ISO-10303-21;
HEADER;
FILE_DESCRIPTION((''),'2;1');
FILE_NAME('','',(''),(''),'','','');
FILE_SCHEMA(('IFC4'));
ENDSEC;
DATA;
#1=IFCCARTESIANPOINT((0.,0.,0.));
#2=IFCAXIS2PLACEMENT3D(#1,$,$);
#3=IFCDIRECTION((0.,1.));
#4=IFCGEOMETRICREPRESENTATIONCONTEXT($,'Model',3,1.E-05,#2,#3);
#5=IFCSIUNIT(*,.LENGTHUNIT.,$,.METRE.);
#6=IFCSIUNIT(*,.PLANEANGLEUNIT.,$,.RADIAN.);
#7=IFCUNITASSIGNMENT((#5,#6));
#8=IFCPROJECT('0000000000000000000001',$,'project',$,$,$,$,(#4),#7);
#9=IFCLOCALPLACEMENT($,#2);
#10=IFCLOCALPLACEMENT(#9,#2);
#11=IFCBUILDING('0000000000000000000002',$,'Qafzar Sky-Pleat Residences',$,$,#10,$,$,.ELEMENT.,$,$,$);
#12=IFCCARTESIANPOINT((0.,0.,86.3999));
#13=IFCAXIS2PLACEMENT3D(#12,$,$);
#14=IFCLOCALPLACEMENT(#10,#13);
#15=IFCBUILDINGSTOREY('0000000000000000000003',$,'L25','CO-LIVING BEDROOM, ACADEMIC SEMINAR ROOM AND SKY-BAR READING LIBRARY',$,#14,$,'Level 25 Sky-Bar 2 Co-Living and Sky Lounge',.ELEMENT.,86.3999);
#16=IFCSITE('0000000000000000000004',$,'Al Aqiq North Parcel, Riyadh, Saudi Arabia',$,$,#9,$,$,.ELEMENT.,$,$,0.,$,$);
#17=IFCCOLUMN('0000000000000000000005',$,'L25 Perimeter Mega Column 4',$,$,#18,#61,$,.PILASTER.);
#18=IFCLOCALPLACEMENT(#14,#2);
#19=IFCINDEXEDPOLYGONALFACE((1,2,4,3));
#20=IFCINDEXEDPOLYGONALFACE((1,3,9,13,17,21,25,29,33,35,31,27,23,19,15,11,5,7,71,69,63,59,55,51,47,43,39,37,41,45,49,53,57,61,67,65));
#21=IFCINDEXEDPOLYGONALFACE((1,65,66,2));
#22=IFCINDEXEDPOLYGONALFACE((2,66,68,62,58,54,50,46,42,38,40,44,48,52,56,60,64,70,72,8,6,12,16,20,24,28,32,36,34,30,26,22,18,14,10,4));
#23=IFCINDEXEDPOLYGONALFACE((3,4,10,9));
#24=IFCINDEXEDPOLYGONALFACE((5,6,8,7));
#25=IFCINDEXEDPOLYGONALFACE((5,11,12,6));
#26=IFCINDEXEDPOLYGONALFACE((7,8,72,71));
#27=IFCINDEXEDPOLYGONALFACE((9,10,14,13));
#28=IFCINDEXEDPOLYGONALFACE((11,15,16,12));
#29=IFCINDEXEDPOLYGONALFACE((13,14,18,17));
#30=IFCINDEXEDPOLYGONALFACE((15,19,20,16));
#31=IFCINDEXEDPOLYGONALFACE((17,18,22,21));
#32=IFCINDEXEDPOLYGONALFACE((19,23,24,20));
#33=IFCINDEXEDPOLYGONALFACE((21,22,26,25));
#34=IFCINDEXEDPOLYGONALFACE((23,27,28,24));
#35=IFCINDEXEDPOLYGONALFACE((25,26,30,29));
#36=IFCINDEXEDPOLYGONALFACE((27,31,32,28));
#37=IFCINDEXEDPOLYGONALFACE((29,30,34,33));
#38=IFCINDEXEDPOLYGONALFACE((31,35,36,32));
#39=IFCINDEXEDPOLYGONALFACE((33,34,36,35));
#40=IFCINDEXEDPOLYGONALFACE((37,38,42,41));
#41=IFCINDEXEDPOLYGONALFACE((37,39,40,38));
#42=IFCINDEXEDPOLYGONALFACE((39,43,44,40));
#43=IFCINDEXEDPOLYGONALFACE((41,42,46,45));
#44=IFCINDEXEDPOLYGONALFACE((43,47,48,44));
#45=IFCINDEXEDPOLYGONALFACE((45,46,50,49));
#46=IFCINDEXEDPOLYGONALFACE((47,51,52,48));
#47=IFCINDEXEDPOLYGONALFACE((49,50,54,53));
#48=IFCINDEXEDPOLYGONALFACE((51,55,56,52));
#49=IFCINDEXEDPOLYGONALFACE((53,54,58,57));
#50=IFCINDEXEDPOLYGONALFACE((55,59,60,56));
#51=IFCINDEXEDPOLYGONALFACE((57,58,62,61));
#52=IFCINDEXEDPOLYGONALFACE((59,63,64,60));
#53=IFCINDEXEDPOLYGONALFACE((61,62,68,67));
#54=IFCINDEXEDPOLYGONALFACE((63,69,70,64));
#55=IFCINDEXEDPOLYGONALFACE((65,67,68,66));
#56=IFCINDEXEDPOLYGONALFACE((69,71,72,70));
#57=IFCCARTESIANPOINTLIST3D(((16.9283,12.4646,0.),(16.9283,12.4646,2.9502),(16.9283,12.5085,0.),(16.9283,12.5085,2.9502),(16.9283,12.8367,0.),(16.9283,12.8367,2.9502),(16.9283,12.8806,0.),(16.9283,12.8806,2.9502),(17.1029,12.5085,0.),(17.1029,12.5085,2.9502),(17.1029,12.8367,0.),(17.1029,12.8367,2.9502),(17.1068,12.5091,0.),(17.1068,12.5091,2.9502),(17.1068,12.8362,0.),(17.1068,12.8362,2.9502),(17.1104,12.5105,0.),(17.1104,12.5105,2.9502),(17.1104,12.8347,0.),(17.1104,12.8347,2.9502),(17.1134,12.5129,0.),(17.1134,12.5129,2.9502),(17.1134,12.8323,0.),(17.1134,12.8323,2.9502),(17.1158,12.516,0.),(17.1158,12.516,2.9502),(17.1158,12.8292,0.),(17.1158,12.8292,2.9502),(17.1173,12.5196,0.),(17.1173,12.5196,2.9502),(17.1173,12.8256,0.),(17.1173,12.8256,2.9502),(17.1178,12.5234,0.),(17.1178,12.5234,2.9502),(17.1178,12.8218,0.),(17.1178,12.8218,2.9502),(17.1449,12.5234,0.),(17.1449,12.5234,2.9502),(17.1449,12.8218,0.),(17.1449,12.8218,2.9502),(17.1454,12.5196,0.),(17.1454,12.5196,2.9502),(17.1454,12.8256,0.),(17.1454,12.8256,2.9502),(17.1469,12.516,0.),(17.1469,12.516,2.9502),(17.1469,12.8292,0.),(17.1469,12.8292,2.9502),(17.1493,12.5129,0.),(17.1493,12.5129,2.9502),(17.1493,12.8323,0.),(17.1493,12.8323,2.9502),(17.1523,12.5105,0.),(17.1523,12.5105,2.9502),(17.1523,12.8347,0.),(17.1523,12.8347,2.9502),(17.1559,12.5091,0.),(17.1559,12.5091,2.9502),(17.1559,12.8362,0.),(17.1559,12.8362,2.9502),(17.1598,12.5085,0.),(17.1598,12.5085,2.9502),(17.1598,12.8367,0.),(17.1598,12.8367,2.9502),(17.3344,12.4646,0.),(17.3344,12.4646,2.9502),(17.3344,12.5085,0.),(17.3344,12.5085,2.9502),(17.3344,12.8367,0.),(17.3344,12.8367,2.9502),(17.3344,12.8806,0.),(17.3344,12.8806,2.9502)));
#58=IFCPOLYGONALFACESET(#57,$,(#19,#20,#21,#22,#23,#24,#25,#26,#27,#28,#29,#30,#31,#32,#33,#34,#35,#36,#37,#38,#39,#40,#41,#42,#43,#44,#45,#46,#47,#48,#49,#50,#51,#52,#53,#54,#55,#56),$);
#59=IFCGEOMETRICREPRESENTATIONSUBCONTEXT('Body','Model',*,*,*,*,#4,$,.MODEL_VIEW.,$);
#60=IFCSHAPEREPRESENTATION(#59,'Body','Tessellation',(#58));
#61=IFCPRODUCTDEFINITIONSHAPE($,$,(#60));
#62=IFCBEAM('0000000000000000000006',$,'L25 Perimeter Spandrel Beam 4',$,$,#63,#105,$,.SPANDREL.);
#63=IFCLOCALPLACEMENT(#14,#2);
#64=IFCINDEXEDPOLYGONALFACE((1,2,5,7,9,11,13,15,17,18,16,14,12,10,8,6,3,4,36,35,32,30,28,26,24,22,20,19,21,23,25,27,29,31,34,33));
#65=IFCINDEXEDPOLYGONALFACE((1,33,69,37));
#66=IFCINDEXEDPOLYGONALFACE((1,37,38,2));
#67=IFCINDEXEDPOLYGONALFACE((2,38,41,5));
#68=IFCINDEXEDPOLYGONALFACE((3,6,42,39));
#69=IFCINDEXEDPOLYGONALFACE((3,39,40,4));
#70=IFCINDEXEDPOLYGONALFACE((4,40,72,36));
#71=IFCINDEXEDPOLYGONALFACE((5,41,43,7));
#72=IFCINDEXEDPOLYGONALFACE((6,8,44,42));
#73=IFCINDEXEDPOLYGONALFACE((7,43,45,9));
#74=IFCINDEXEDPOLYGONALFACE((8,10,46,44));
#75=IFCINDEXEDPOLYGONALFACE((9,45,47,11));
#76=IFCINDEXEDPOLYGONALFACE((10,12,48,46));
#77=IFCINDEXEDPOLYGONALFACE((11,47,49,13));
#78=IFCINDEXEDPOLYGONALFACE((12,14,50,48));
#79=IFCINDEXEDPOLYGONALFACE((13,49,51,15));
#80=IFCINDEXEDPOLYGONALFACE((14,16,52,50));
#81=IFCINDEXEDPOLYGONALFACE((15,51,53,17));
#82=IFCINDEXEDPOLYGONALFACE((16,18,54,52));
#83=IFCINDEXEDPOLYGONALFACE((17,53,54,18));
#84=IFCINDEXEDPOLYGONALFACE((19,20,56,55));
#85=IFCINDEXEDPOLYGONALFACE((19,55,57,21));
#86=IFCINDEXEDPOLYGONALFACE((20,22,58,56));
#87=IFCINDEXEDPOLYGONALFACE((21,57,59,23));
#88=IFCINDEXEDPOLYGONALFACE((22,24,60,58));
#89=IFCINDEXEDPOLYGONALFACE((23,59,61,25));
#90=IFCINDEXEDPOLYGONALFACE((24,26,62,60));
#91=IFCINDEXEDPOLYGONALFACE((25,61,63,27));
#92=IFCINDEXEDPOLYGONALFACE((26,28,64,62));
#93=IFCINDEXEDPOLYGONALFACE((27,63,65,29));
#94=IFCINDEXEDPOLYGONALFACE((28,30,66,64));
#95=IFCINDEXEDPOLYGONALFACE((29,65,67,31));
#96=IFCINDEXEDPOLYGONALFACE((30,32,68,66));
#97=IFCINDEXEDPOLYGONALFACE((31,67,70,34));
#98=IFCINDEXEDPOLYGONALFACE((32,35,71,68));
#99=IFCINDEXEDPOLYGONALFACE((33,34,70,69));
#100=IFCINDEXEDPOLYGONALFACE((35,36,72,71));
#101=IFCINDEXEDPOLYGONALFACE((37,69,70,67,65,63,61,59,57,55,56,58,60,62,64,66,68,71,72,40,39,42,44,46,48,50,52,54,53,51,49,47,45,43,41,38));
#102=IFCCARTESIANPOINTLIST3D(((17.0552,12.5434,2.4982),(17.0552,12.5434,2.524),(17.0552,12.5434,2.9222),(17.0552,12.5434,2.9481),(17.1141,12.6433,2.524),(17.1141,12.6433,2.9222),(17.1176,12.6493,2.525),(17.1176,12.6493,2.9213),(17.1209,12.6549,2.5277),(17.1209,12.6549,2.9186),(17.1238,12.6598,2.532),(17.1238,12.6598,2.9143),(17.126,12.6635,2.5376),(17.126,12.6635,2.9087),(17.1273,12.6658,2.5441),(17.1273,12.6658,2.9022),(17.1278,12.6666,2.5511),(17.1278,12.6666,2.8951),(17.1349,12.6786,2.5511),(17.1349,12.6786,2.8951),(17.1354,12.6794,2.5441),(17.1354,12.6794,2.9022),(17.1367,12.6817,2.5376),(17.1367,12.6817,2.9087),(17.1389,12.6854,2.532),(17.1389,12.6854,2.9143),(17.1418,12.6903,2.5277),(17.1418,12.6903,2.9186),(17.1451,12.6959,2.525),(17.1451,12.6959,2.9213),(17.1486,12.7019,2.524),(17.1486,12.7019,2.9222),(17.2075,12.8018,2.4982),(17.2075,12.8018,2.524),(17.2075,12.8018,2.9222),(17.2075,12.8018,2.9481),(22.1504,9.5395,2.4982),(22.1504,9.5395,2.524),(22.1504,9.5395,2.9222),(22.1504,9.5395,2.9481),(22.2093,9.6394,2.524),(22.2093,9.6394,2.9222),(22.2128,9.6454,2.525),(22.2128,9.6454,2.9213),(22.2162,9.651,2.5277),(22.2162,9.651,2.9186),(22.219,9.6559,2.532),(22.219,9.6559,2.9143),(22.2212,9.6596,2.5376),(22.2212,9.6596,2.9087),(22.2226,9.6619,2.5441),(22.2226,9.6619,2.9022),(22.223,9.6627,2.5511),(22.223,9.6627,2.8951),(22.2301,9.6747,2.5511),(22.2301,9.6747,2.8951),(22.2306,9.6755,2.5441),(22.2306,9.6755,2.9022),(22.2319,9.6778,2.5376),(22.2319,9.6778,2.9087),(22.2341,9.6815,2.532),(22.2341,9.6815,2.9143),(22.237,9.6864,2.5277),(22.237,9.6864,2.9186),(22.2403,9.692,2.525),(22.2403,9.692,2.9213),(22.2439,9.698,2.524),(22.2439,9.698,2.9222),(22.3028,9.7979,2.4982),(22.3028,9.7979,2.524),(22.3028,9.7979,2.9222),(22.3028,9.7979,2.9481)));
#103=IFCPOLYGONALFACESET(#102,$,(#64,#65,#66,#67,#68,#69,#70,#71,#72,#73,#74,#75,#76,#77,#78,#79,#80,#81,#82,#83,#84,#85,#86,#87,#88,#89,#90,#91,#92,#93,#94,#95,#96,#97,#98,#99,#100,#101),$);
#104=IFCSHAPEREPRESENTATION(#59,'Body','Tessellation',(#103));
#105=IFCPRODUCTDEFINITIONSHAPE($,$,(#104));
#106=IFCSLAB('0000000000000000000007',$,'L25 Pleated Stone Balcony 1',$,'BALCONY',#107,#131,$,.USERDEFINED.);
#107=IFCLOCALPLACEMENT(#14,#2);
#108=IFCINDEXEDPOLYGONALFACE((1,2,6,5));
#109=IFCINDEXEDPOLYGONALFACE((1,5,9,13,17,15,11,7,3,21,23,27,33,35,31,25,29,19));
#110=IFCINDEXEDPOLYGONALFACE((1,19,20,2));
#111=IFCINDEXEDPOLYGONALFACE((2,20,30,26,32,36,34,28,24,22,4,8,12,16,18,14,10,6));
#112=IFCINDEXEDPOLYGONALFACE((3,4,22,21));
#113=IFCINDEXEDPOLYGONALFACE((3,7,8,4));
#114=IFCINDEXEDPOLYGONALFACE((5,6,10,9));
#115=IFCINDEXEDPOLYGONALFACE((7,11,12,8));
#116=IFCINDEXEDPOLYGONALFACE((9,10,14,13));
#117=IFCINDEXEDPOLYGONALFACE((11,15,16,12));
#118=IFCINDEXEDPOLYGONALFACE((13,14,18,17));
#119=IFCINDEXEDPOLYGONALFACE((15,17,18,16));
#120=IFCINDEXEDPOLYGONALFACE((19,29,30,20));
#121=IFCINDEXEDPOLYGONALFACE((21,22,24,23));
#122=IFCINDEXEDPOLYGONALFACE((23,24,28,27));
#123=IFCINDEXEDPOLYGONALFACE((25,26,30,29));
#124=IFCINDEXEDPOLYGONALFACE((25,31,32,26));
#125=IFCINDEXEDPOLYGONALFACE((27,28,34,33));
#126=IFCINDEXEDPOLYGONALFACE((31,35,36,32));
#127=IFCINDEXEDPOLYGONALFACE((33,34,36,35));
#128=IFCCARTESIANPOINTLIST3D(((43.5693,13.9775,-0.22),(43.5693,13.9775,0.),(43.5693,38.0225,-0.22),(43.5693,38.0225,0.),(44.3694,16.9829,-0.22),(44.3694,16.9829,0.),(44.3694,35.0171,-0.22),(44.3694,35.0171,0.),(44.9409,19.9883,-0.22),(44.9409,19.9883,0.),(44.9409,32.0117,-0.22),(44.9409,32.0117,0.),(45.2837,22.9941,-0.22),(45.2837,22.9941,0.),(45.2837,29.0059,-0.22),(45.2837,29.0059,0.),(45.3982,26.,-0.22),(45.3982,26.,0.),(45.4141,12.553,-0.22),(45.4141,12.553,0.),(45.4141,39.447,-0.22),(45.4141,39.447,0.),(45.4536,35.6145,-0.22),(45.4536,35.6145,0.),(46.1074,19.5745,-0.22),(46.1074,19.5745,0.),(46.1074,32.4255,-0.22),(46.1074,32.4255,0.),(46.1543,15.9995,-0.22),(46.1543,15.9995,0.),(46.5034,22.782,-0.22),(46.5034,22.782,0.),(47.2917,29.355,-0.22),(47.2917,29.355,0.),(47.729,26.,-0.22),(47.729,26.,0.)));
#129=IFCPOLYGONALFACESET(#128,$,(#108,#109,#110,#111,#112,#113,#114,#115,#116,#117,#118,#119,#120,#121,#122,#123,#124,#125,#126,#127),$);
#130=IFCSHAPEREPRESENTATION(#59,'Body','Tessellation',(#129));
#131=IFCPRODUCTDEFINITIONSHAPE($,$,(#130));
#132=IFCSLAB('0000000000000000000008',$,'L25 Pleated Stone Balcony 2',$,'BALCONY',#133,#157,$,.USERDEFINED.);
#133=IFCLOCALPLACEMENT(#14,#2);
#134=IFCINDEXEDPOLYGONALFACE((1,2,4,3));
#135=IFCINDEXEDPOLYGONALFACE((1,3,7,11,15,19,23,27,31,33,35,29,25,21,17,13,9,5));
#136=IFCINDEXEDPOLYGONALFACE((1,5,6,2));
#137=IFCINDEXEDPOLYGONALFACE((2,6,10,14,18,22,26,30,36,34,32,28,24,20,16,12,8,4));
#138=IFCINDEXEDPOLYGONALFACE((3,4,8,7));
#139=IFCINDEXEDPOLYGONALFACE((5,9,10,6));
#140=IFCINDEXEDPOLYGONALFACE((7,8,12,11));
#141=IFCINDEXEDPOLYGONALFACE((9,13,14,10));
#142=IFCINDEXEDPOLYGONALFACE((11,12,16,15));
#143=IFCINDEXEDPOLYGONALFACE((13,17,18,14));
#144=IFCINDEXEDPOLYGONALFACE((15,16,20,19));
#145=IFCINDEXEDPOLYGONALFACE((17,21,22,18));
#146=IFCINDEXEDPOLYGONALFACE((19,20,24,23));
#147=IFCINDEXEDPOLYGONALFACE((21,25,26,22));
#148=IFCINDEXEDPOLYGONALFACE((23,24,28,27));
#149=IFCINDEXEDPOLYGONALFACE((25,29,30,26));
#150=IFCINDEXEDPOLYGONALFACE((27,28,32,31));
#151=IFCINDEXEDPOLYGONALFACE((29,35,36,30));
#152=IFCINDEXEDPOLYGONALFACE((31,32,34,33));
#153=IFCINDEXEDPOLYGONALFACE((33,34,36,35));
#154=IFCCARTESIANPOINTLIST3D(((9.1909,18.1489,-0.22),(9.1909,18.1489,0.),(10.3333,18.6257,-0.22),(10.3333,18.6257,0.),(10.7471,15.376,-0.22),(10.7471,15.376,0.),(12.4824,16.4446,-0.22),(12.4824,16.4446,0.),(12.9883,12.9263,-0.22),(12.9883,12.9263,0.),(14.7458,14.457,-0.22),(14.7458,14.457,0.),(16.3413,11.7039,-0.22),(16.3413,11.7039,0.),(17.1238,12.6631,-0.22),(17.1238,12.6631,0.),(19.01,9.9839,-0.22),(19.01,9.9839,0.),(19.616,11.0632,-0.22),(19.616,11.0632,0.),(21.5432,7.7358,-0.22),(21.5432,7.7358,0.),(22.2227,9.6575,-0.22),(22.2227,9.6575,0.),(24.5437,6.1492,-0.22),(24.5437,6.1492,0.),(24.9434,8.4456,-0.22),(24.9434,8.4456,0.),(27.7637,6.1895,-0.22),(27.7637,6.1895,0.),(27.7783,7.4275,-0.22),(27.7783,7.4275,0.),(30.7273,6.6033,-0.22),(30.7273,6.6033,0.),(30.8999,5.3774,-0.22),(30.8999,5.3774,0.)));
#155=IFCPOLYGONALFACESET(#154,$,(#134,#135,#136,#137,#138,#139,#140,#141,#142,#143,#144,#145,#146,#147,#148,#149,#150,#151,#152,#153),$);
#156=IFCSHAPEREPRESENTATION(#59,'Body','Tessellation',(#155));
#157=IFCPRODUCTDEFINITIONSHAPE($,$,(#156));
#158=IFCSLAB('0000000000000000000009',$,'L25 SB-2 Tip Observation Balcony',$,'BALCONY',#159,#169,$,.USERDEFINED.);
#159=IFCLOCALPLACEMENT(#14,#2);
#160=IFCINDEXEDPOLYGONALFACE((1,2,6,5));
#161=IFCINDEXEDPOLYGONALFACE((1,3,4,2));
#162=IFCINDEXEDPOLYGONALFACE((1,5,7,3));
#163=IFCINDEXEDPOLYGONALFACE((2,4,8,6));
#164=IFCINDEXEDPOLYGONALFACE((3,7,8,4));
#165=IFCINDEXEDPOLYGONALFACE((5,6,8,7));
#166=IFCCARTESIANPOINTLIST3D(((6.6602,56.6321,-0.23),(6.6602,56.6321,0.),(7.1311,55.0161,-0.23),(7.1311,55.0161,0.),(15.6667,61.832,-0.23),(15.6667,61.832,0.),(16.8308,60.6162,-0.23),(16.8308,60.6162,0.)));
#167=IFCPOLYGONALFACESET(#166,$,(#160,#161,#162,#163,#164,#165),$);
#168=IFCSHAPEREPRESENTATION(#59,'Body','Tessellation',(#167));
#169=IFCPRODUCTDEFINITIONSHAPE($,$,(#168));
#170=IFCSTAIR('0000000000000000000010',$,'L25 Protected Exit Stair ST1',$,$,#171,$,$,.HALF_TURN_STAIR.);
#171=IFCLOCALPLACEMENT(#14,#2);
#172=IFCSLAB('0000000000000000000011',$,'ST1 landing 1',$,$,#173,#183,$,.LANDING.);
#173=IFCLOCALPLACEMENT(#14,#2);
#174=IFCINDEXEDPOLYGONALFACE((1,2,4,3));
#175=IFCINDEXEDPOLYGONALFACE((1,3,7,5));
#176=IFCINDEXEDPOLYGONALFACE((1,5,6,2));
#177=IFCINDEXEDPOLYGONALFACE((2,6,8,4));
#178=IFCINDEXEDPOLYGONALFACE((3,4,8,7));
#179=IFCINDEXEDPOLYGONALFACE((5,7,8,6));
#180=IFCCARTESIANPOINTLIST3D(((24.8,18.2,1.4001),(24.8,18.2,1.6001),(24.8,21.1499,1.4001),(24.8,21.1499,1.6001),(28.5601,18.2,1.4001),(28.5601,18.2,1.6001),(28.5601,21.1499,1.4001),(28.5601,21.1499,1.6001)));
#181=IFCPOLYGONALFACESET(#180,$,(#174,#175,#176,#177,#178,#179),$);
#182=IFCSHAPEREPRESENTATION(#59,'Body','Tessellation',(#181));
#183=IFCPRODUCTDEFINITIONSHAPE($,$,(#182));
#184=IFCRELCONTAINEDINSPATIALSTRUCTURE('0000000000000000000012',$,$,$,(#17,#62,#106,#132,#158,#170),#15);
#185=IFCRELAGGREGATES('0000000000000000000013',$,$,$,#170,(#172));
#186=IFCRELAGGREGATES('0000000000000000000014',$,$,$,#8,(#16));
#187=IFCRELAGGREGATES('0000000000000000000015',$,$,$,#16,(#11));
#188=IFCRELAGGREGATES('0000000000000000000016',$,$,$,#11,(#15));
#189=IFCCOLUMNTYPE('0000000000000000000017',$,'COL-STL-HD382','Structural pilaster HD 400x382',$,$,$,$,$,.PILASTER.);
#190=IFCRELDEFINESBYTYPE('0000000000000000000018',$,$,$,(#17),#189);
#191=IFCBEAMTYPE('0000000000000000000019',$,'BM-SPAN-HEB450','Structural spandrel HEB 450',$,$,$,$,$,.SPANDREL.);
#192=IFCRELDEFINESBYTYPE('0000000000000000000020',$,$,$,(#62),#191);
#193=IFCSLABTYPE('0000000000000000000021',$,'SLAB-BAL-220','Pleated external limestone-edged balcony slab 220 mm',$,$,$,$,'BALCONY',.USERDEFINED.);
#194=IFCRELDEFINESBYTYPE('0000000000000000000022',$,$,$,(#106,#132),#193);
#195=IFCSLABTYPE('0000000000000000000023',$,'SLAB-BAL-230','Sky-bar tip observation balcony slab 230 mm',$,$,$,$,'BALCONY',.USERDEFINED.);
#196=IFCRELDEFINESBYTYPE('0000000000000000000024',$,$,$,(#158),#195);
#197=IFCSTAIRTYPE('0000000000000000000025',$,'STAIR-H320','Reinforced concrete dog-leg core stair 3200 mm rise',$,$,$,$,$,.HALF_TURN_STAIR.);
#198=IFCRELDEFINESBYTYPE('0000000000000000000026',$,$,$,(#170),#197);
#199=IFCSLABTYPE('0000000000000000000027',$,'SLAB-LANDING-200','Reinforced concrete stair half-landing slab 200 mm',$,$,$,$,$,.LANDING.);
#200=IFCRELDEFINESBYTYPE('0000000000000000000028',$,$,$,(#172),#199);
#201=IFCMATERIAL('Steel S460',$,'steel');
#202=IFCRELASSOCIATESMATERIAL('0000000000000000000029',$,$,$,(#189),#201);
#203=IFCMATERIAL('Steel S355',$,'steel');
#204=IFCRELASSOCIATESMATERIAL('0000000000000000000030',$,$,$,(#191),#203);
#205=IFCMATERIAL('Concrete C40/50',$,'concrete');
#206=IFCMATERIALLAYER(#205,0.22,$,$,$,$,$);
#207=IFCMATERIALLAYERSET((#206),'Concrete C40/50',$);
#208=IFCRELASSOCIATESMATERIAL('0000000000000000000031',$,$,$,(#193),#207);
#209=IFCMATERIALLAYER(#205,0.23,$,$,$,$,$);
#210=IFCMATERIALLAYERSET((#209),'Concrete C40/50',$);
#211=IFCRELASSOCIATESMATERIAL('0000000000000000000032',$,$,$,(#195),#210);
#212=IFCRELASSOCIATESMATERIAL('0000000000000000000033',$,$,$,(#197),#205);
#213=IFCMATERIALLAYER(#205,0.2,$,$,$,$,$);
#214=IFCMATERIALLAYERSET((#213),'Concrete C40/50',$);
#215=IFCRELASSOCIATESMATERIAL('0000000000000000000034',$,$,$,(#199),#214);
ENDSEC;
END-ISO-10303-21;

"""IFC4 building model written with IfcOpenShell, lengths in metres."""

from ifc_helpers import new_model, si_unit, direction, frame, origin, origin_2d, place, context, subcontext, project, spatial, polyline, i_section, outline, extrude, source, transform, mapped, material, layer, layer_set, material_profile, profile_set, type_object, element, aggregate, save


model = new_model("IFC4")

# Units and contexts
model_context = context("Model", 3, precision=1e-05, world=origin(), true_north=direction((0.0, 1.0)))
body_context = subcontext(model_context, "Body", "Model", "MODEL_VIEW")
ifc_project = project(units=[si_unit("LENGTHUNIT", "METRE"), si_unit("PLANEANGLEUNIT", "RADIAN")], contexts=[model_context])

# Site, building, storey
site_placement = place(None, origin())
site = spatial("IfcSite", under=ifc_project, at=site_placement, Name="Al Aqiq North Parcel, Riyadh, Saudi Arabia", CompositionType="ELEMENT", RefElevation=0.0)
building_placement = place(site_placement, origin())
building = spatial("IfcBuilding", under=site, at=building_placement, Name="Qafzar Sky-Pleat Residences", CompositionType="ELEMENT")
storey_placement = place(building_placement, frame((0.0, 0.0, 86.3999)))
storey = spatial("IfcBuildingStorey", under=building, at=storey_placement, Name="L25", Description="CO-LIVING BEDROOM, ACADEMIC SEMINAR ROOM AND SKY-BAR READING LIBRARY", LongName="Level 25 Sky-Bar 2 Co-Living and Sky Lounge", CompositionType="ELEMENT", Elevation=86.3999)

# Column
ifc_material_1 = material(Name="Steel S460", Category="steel")
ifc_material_profile_1 = material_profile(ifc_material_1, i_section(OverallWidth=0.406, OverallDepth=0.416, WebThickness=0.0271, FlangeThickness=0.0439, FilletRadius=0.0149, at=origin_2d()), Name="HD 400x382")
ifc_profile_set_1 = profile_set([ifc_material_profile_1], Name="Steel S460")
column_type = type_object("IfcColumnType", Name="COL-STL-HD382", Description="Structural pilaster HD 400x382", PredefinedType="PILASTER", material=ifc_profile_set_1)
shared_shape_1 = source(origin(), body_context, "Body", "SweptSolid", [
    extrude(i_section(OverallWidth=0.406, OverallDepth=0.416, WebThickness=0.0271, FlangeThickness=0.0439, FilletRadius=0.0149, at=origin_2d()), origin(), (0.0, 0.0, 1.0), 2.9502),
])
column_placement = place(storey_placement, frame((17.1313, 12.6726, 0.0), z_axis=(0.0, 0.0, 1.0), x_axis=(1.0, 0.0, 0.0)))
element("IfcColumn", 1, at=column_placement, inside=storey, type_object=column_type, Name="L25 Perimeter Mega Column 4", PredefinedType="PILASTER", context=body_context, shape_type="MappedRepresentation", body=[
    mapped(shared_shape_1, transform((0.0, 0.0, 0.0), x_axis=(1.0, 0.0, 0.0), y_axis=(0.0, 1.0, 0.0), z_axis=(0.0, 0.0, 1.0), scale=1.0)),
])

# Beam
ifc_material_2 = material(Name="Steel S355", Category="steel")
ifc_material_profile_2 = material_profile(ifc_material_2, i_section(OverallWidth=0.3, OverallDepth=0.45, WebThickness=0.0139, FlangeThickness=0.0259, FilletRadius=0.0271, at=origin_2d()), Name="HEB 450")
ifc_profile_set_2 = profile_set([ifc_material_profile_2], Name="Steel S355")
beam_type = type_object("IfcBeamType", Name="BM-SPAN-HEB450", Description="Structural spandrel HEB 450", PredefinedType="SPANDREL", material=ifc_profile_set_2)
shared_shape_2 = source(origin(), body_context, "Body", "SweptSolid", [
    extrude(i_section(OverallWidth=0.3, OverallDepth=0.45, WebThickness=0.0139, FlangeThickness=0.0259, FilletRadius=0.0271, at=origin_2d()), origin(), (0.0, 0.0, 1.0), 5.9148),
])
beam_placement = place(storey_placement, frame((17.1313, 12.6726, 2.7231), z_axis=(0.861437, -0.507864, 0.0), x_axis=(0.507864, 0.861437, 0.0)))
element("IfcBeam", 2, at=beam_placement, inside=storey, type_object=beam_type, Name="L25 Perimeter Spandrel Beam 4", PredefinedType="SPANDREL", context=body_context, shape_type="MappedRepresentation", body=[
    mapped(shared_shape_2, transform((0.0, 0.0, 0.0), x_axis=(1.0, 0.0, 0.0), y_axis=(0.0, 1.0, 0.0), z_axis=(0.0, 0.0, 1.0), scale=1.0)),
])

# Slabs
ifc_material_3 = material(Name="Concrete C40/50", Category="concrete")
ifc_layer_1 = layer(ifc_material_3, 0.22)
ifc_layer_set_1 = layer_set([ifc_layer_1], Name="Concrete C40/50")
slab_type_1 = type_object("IfcSlabType", Name="SLAB-BAL-220", Description="Pleated external limestone-edged balcony slab 220 mm", ElementType="BALCONY", PredefinedType="USERDEFINED", material=ifc_layer_set_1)
slab_1_placement = place(storey_placement, frame((0.0, 0.0, -0.22)))
element("IfcSlab", 3, at=slab_1_placement, inside=storey, type_object=slab_type_1, Name="L25 Pleated Stone Balcony 1", ObjectType="BALCONY", PredefinedType="USERDEFINED", context=body_context, shape_type="SweptSolid", body=[
    extrude(outline(polyline([(44.3694, 16.9829), (44.9409, 19.9883), (45.2837, 22.9941), (45.3982, 26.0), (45.2837, 29.0059), (44.9409, 32.0117), (44.3694, 35.0171), (43.5693, 38.0225), (45.4141, 39.447), (45.4536, 35.6145), (46.1074, 32.4255), (47.2917, 29.355), (47.729, 26.0), (46.5034, 22.782), (46.1074, 19.5745), (46.1543, 15.9995), (45.4141, 12.553), (43.5693, 13.9775), (44.3694, 16.9829)])), origin(), (0.0, 0.0, 1.0), 0.22),
])
slab_2_placement = place(storey_placement, frame((0.0, 0.0, -0.22)))
element("IfcSlab", 4, at=slab_2_placement, inside=storey, type_object=slab_type_1, Name="L25 Pleated Stone Balcony 2", ObjectType="BALCONY", PredefinedType="USERDEFINED", context=body_context, shape_type="SweptSolid", body=[
    extrude(outline(polyline([(12.4824, 16.4446), (14.7458, 14.457), (17.1238, 12.6631), (19.616, 11.0632), (22.2227, 9.6575), (24.9434, 8.4456), (27.7783, 7.4275), (30.7273, 6.6033), (30.8999, 5.3774), (27.7637, 6.1895), (24.5437, 6.1492), (21.5432, 7.7358), (19.01, 9.9839), (16.3413, 11.7039), (12.9883, 12.9263), (10.7471, 15.376), (9.1909, 18.1489), (10.3333, 18.6257), (12.4824, 16.4446)])), origin(), (0.0, 0.0, 1.0), 0.22),
])
ifc_layer_2 = layer(ifc_material_3, 0.23)
ifc_layer_set_2 = layer_set([ifc_layer_2], Name="Concrete C40/50")
slab_type_2 = type_object("IfcSlabType", Name="SLAB-BAL-230", Description="Sky-bar tip observation balcony slab 230 mm", ElementType="BALCONY", PredefinedType="USERDEFINED", material=ifc_layer_set_2)
slab_3_placement = place(storey_placement, frame((0.0, 0.0, -0.23)))
element("IfcSlab", 5, at=slab_3_placement, inside=storey, type_object=slab_type_2, Name="L25 SB-2 Tip Observation Balcony", ObjectType="BALCONY", PredefinedType="USERDEFINED", context=body_context, shape_type="SweptSolid", body=[
    extrude(outline(polyline([(16.8308, 60.6162), (15.6667, 61.832), (6.6602, 56.6321), (7.1311, 55.0161), (16.8308, 60.6162)])), origin(), (0.0, 0.0, 1.0), 0.23),
])

# Stair, slab
stair_type = type_object("IfcStairType", Name="STAIR-H320", Description="Reinforced concrete dog-leg core stair 3200 mm rise", PredefinedType="HALF_TURN_STAIR", material=ifc_material_3)
stair_1_placement = place(storey_placement, origin())
stair_1 = element("IfcStair", 6, at=stair_1_placement, inside=storey, type_object=stair_type, Name="L25 Protected Exit Stair ST1", PredefinedType="HALF_TURN_STAIR")
ifc_layer_3 = layer(ifc_material_3, 0.2)
ifc_layer_set_3 = layer_set([ifc_layer_3], Name="Concrete C40/50")
slab_type_3 = type_object("IfcSlabType", Name="SLAB-LANDING-200", Description="Reinforced concrete stair half-landing slab 200 mm", PredefinedType="LANDING", material=ifc_layer_set_3)
slab_4_placement = place(storey_placement, frame((0.0, 0.0, 1.4001)))
slab_4 = element("IfcSlab", 7, at=slab_4_placement, type_object=slab_type_3, Name="ST1 landing 1", PredefinedType="LANDING", context=body_context, shape_type="SweptSolid", body=[
    extrude(outline(polyline([(28.5601, 21.1499), (24.8, 21.1499), (24.8, 18.2), (28.5601, 18.2), (28.5601, 21.1499)])), origin(), (0.0, 0.0, 1.0), 0.2),
])
aggregate(stair_1, [slab_4])

save(model, "model.ifc")
